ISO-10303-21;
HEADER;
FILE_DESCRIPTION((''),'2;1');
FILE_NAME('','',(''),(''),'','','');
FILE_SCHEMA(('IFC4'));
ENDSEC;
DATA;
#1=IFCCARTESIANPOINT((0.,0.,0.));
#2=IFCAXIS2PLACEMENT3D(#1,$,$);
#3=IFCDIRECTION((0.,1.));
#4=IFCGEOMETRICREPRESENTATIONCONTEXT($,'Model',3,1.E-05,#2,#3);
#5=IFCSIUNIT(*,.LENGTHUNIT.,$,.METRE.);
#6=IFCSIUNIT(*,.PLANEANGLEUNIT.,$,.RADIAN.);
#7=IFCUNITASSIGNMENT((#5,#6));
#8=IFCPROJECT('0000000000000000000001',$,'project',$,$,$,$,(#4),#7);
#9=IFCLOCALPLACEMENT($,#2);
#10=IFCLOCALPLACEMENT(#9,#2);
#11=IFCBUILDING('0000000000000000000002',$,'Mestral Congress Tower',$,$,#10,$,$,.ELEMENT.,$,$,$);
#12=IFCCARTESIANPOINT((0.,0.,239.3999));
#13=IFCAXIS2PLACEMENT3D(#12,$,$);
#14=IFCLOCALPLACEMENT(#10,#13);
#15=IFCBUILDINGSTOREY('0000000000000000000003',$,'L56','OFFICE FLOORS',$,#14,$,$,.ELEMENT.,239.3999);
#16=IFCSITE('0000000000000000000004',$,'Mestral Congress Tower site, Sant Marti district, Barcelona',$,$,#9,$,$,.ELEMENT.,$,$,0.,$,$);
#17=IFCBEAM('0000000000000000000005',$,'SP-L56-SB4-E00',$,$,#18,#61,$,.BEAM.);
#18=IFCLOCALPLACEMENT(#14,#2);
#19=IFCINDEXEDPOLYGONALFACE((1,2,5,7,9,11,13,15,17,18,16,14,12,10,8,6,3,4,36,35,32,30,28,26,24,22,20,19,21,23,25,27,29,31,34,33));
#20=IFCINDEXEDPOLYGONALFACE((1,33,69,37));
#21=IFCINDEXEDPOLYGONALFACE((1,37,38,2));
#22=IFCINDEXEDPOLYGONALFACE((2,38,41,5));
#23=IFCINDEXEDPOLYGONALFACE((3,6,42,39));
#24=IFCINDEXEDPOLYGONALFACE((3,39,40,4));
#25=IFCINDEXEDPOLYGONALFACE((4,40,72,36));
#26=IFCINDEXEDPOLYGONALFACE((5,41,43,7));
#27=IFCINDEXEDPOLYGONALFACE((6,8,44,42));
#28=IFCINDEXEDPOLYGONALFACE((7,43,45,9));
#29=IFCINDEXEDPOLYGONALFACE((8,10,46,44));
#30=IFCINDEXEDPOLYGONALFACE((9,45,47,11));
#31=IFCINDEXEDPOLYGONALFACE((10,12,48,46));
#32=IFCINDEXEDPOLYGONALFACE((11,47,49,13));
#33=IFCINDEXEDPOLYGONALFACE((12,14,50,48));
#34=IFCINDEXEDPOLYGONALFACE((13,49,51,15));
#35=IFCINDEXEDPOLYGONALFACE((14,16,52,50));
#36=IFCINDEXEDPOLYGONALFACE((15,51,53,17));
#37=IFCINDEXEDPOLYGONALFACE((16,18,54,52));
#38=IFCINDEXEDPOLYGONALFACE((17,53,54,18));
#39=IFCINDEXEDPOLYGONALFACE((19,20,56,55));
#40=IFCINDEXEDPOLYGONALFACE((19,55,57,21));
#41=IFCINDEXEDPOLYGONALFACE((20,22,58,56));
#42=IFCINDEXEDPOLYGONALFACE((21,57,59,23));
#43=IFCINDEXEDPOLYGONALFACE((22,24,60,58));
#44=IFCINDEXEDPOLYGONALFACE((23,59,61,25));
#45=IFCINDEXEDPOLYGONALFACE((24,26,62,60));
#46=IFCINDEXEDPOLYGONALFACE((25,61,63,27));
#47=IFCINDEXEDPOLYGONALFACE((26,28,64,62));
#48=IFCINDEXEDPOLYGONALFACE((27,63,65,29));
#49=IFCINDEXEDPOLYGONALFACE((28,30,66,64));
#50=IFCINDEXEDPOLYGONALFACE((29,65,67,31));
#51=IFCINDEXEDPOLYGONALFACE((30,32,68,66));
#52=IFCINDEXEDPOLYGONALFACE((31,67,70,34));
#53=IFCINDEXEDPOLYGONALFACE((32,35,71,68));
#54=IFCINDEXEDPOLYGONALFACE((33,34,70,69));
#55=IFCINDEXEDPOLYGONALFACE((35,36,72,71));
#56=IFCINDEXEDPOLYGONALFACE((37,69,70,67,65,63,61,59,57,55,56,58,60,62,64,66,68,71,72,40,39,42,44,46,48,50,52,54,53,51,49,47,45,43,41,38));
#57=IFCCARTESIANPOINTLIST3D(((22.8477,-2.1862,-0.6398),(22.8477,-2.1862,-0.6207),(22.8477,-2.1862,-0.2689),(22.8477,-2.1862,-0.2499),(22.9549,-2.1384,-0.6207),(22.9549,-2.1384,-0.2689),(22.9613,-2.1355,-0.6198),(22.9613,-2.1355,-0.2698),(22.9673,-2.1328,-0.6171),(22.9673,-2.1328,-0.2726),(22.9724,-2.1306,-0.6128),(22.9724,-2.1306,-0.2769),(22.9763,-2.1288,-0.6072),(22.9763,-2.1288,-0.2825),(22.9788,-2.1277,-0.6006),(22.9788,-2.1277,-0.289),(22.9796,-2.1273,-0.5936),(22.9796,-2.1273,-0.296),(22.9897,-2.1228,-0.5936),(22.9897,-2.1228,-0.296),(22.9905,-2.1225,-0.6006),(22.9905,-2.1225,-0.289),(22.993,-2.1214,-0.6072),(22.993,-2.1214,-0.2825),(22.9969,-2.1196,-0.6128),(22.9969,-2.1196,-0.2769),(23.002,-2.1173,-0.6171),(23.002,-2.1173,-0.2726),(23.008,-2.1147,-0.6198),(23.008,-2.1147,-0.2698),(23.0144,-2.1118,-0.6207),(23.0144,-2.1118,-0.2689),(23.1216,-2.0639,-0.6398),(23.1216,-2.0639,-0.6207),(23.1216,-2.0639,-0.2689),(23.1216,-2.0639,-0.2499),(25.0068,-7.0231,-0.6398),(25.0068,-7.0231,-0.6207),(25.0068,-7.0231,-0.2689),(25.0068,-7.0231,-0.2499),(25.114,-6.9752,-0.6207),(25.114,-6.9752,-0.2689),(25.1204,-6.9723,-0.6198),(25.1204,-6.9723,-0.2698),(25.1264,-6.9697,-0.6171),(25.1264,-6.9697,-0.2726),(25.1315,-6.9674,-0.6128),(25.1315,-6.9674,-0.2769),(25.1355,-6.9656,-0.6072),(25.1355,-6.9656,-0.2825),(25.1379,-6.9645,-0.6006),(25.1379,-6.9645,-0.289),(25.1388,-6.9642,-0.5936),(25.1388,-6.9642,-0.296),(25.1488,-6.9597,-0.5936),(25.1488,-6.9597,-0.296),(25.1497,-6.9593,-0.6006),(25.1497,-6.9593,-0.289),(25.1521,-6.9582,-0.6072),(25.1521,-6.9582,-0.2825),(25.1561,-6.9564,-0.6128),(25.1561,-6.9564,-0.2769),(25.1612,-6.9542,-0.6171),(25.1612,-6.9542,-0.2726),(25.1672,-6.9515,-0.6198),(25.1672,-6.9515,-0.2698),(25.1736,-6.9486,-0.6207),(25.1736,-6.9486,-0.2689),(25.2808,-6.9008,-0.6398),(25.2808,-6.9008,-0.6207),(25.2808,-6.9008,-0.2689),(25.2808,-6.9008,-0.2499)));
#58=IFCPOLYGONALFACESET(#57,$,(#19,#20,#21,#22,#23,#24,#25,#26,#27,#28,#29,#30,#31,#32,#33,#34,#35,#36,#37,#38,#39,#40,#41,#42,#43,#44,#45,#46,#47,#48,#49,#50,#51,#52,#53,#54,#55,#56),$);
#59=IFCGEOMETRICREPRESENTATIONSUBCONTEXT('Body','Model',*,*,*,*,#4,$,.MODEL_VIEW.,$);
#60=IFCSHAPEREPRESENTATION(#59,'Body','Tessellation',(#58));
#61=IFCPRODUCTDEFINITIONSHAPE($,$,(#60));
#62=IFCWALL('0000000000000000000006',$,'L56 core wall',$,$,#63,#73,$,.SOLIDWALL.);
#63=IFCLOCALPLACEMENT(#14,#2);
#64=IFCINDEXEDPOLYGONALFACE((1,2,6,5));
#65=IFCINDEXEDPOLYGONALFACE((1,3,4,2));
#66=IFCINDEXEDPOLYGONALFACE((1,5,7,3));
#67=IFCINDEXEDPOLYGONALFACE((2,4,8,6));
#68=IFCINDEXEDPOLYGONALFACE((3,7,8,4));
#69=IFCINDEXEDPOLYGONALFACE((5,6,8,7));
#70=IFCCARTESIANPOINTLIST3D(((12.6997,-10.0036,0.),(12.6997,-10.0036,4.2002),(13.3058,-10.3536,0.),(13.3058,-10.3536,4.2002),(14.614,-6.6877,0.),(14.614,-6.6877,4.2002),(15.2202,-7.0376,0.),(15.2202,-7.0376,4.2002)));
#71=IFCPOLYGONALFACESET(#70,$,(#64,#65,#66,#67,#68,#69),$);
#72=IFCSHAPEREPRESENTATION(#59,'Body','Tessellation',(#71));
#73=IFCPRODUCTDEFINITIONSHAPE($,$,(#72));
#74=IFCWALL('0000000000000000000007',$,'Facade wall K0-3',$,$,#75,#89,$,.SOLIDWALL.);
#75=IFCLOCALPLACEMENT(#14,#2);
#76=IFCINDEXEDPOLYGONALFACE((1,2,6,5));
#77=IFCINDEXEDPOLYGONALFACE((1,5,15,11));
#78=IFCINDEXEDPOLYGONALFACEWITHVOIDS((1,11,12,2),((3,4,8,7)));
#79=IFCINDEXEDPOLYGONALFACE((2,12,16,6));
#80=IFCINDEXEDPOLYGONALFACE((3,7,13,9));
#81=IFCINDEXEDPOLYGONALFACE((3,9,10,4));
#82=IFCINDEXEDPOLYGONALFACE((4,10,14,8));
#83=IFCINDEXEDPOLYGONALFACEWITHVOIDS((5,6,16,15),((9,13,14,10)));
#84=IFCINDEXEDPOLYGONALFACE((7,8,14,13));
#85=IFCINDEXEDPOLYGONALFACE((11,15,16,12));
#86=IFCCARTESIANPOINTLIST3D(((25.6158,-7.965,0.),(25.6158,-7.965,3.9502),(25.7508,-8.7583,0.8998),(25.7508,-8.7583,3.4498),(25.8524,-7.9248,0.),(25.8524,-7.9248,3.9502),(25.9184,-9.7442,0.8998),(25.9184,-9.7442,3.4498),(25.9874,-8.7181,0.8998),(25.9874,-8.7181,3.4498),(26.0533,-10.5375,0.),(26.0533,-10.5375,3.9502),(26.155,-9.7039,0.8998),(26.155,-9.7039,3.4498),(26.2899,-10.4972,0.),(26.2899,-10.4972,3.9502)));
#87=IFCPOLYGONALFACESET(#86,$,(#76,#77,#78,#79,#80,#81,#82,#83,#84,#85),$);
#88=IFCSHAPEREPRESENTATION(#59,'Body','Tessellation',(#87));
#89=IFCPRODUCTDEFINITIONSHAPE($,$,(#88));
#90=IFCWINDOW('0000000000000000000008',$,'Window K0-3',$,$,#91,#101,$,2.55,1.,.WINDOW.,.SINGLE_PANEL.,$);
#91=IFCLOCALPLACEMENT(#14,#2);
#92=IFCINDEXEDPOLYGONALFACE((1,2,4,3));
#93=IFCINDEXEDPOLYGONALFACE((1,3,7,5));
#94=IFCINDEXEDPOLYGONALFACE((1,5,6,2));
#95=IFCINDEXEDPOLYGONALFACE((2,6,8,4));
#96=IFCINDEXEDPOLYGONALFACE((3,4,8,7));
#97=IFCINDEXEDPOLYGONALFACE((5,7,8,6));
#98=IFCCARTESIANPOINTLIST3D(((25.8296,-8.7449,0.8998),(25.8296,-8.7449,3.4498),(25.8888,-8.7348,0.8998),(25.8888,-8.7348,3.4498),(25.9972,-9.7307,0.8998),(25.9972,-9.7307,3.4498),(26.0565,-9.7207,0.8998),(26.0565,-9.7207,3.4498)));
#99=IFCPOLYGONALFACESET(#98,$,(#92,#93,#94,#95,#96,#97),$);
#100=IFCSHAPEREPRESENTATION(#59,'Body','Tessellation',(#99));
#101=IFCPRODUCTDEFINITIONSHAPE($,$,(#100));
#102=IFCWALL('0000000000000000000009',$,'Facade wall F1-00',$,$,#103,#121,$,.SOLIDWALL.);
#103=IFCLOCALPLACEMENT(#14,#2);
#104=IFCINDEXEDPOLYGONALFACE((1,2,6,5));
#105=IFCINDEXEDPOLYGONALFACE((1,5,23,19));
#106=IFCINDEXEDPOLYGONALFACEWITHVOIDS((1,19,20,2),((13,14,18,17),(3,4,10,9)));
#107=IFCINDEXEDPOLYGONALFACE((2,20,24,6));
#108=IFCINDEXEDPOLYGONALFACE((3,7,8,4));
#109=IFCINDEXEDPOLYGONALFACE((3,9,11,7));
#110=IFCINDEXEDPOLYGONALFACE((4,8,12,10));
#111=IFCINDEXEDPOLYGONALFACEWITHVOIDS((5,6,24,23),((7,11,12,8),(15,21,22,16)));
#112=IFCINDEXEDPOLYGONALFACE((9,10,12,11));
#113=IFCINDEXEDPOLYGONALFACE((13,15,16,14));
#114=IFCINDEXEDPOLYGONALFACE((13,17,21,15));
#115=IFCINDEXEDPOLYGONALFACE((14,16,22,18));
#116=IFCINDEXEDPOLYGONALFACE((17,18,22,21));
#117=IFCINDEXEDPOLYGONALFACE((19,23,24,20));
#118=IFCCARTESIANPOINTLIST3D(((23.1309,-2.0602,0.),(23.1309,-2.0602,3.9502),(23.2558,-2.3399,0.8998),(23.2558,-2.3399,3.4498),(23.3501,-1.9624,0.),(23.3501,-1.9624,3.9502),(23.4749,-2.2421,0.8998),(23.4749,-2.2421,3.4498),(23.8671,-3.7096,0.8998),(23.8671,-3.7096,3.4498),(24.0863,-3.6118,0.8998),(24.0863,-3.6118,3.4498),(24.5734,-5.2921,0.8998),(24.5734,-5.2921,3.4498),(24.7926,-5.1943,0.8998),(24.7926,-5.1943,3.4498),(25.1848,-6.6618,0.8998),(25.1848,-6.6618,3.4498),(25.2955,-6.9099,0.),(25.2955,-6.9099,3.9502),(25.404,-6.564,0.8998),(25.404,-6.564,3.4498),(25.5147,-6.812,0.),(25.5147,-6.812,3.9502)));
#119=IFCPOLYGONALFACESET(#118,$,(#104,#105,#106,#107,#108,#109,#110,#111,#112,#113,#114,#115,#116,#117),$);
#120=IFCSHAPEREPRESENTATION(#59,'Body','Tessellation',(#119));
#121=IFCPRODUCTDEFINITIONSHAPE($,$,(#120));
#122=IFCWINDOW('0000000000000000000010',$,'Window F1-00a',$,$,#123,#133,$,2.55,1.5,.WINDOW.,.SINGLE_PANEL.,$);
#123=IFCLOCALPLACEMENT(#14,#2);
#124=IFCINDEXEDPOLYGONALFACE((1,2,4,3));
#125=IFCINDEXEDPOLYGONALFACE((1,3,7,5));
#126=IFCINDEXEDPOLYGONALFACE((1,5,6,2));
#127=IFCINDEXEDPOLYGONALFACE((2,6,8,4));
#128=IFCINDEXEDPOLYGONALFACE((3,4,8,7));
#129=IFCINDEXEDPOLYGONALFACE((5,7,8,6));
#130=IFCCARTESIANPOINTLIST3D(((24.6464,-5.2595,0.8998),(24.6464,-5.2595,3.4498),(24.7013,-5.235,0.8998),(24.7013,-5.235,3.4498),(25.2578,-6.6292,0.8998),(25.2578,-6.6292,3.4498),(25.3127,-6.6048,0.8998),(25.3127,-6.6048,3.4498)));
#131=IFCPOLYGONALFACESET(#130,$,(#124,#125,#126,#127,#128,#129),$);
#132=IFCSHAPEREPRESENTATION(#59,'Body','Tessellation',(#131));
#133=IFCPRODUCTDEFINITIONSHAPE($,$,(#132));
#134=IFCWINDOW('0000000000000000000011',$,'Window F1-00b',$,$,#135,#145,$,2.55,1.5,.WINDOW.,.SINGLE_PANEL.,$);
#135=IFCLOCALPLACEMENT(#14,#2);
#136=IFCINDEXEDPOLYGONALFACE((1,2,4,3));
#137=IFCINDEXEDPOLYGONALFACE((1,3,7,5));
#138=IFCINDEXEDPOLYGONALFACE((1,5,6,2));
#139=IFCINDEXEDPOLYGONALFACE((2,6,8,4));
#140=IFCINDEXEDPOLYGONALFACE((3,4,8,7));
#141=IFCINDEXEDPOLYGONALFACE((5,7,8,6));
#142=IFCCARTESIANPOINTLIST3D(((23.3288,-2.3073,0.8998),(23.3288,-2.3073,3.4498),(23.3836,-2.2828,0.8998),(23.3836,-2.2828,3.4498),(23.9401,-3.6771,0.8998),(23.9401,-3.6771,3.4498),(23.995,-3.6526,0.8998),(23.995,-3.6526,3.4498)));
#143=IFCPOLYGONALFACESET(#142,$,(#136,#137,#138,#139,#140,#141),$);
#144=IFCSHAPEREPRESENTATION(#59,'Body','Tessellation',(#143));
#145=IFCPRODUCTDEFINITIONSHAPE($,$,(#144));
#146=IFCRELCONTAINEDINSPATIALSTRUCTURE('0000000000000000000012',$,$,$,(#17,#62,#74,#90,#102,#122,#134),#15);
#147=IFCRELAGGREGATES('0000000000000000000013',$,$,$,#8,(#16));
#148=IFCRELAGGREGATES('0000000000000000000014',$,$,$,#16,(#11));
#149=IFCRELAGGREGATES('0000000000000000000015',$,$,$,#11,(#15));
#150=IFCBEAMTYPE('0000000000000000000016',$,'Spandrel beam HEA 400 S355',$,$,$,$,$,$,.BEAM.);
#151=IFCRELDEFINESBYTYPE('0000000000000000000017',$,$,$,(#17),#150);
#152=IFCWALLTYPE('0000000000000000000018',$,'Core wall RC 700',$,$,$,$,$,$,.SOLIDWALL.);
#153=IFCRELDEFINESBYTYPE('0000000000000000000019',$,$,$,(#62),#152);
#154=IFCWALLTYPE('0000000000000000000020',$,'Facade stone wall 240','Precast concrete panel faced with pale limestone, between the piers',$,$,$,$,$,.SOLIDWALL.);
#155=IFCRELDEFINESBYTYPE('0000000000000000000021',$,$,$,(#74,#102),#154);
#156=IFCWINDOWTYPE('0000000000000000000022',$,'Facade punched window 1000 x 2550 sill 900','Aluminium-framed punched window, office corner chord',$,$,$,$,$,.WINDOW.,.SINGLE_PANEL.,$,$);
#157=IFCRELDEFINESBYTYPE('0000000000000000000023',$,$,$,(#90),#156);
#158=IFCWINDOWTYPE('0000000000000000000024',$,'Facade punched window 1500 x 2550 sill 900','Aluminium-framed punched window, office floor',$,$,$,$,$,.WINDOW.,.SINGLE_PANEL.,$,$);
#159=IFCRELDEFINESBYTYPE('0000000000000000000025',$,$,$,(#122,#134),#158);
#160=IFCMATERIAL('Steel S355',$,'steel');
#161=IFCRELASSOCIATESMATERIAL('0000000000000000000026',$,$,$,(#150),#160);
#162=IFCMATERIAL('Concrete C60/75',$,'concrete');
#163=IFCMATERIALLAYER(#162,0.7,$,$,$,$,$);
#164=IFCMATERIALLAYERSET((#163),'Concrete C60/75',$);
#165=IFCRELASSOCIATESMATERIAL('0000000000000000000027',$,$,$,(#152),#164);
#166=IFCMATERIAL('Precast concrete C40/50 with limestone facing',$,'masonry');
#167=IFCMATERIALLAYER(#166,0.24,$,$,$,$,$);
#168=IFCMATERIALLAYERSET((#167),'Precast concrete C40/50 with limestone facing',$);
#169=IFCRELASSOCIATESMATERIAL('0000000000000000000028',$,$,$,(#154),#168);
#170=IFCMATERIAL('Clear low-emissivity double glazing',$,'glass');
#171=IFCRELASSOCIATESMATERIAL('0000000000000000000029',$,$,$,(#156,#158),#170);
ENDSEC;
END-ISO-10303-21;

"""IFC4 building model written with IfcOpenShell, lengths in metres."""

from ifc_helpers import new_model, si_unit, direction, frame, frame_2d, origin, origin_2d, place, context, subcontext, project, spatial, rectangle, i_section, extrude, material, layer, layer_set, material_profile, profile_set, type_object, element, fill, save


model = new_model("IFC4")

# Units and contexts
model_context = context("Model", 3, precision=1e-05, world=origin(), true_north=direction((0.0, 1.0)))
body_context = subcontext(model_context, "Body", "Model", "MODEL_VIEW")
ifc_project = project(units=[si_unit("LENGTHUNIT", "METRE"), si_unit("PLANEANGLEUNIT", "RADIAN")], contexts=[model_context])

# Site, building, storey
site_placement = place(None, origin())
site = spatial("IfcSite", under=ifc_project, at=site_placement, Name="Mestral Congress Tower site, Sant Marti district, Barcelona", CompositionType="ELEMENT", RefElevation=0.0)
building_placement = place(site_placement, origin())
building = spatial("IfcBuilding", under=site, at=building_placement, Name="Mestral Congress Tower", CompositionType="ELEMENT")
storey_placement = place(building_placement, frame((0.0, 0.0, 239.3999)))
storey = spatial("IfcBuildingStorey", under=building, at=storey_placement, Name="L56", Description="OFFICE FLOORS", CompositionType="ELEMENT", Elevation=239.3999)

# Shared definitions
ifc_material_1 = material(Name="Concrete C60/75", Category="concrete")

# Beam
ifc_material_2 = material(Name="Steel S355", Category="steel")
ifc_material_profile_1 = material_profile(ifc_material_2, i_section(OverallWidth=0.3, OverallDepth=0.3899, WebThickness=0.011, FlangeThickness=0.019, FilletRadius=0.0271, at=origin_2d()), Name="HEA 400")
ifc_profile_set_1 = profile_set([ifc_material_profile_1], Name="Steel S355")
beam_type_1 = type_object("IfcBeamType", Name="Spandrel beam HEA 400 S355", PredefinedType="BEAM", material=ifc_profile_set_1)
beam_1_placement = place(storey_placement, frame((25.1438, -6.9619, -0.4448), z_axis=(-0.407626, 0.913149, 0.0), x_axis=(-0.913149, -0.407626, 0.0)))
element("IfcBeam", 1, at=beam_1_placement, inside=storey, type_object=beam_type_1, Name="SP-L56-SB4-E00", PredefinedType="BEAM", context=body_context, shape_type="SweptSolid", body=[
    extrude(i_section(OverallWidth=0.3, OverallDepth=0.3899, WebThickness=0.011, FlangeThickness=0.019, FilletRadius=0.0271, at=origin_2d()), origin(), (0.0, 0.0, 1.0), 5.2969),
])

# Wall
ifc_layer_1 = layer(ifc_material_1, 0.7)
ifc_layer_set_1 = layer_set([ifc_layer_1], Name="Concrete C60/75")
wall_type_1 = type_object("IfcWallType", Name="Core wall RC 700", PredefinedType="SOLIDWALL", material=ifc_layer_set_1)
wall_1_placement = place(storey_placement, frame((13.0027, -10.1787, 0.0), z_axis=(0.0, 0.0, 1.0), x_axis=(0.499973, 0.866041, 0.0)))
element("IfcWall", 2, at=wall_1_placement, inside=storey, type_object=wall_type_1, Name="L56 core wall", PredefinedType="SOLIDWALL", context=body_context, shape_type="SweptSolid", body=[
    extrude(rectangle(XDim=3.8289, YDim=0.7, at=frame_2d((1.9146, 0.0))), origin(), (0.0, 0.0, 1.0), 4.2002),
])

# Wall, opening, window
ifc_material_3 = material(Name="Precast concrete C40/50 with limestone facing", Category="masonry")
ifc_layer_2 = layer(ifc_material_3, 0.24)
ifc_layer_set_2 = layer_set([ifc_layer_2], Name="Precast concrete C40/50 with limestone facing")
wall_type_2 = type_object("IfcWallType", Name="Facade stone wall 240", Description="Precast concrete panel faced with pale limestone, between the piers", PredefinedType="SOLIDWALL", material=ifc_layer_set_2)
wall_2_placement = place(storey_placement, frame((26.1716, -10.5173, 0.0), z_axis=(0.0, 0.0, 1.0), x_axis=(-0.16766, 0.985845, 0.0)))
wall_2 = element("IfcWall", 3, at=wall_2_placement, inside=storey, type_object=wall_type_2, Name="Facade wall K0-3", PredefinedType="SOLIDWALL", context=body_context, shape_type="SweptSolid", body=[
    extrude(rectangle(XDim=2.6094, YDim=0.24, at=frame_2d((1.3047, 0.0))), origin(), (0.0, 0.0, 1.0), 3.9502),
])
opening_1_placement = place(wall_2_placement, frame((0.8047, 0.0, 0.8999)))
opening_1 = element("IfcOpeningElement", 4, at=opening_1_placement, cuts=wall_2, PredefinedType="OPENING", context=body_context, shape_type="SweptSolid", body=[
    extrude(rectangle(XDim=1.0, YDim=2.55, at=frame_2d((0.5, 1.2749))), frame((0.0, 0.1299, 0.0), z_axis=(0.0, -1.0, 0.0), x_axis=(1.0, 0.0, 0.0)), (0.0, 0.0, 1.0), 0.26),
])
ifc_material_4 = material(Name="Clear low-emissivity double glazing", Category="glass")
window_type_1 = type_object("IfcWindowType", Name="Facade punched window 1000 x 2550 sill 900", Description="Aluminium-framed punched window, office corner chord", PartitioningType="SINGLE_PANEL", PredefinedType="WINDOW", material=ifc_material_4)
window_1_placement = place(opening_1_placement, origin())
window_1 = element("IfcWindow", 5, at=window_1_placement, inside=storey, type_object=window_type_1, Name="Window K0-3", OverallHeight=2.55, OverallWidth=1.0, PartitioningType="SINGLE_PANEL", PredefinedType="WINDOW", context=body_context, shape_type="SweptSolid", body=[
    extrude(rectangle(XDim=1.0, YDim=2.55, at=frame_2d((0.5, 1.2749))), frame((0.0, 0.04, 0.0), z_axis=(0.0, -1.0, 0.0), x_axis=(1.0, 0.0, 0.0)), (0.0, 0.0, 1.0), 0.0601),
])
fill(opening_1, window_1)

# Wall, openings, windows
wall_3_placement = place(storey_placement, frame((25.405, -6.8608, 0.0), z_axis=(0.0, 0.0, 1.0), x_axis=(-0.40758, 0.91317, 0.0)))
wall_3 = element("IfcWall", 6, at=wall_3_placement, inside=storey, type_object=wall_type_2, Name="Facade wall F1-00", PredefinedType="SOLIDWALL", context=body_context, shape_type="SweptSolid", body=[
    extrude(rectangle(XDim=5.3108, YDim=0.24, at=frame_2d((2.6553, 0.0))), origin(), (0.0, 0.0, 1.0), 3.9502),
])
opening_2_placement = place(wall_3_placement, frame((0.2715, 0.0, 0.8999)))
opening_2 = element("IfcOpeningElement", 7, at=opening_2_placement, cuts=wall_3, PredefinedType="OPENING", context=body_context, shape_type="SweptSolid", body=[
    extrude(rectangle(XDim=1.5, YDim=2.55, at=frame_2d((0.75, 1.2749))), frame((0.0, 0.1299, 0.0), z_axis=(0.0, -1.0, 0.0), x_axis=(1.0, 0.0, 0.0)), (0.0, 0.0, 1.0), 0.26),
])
opening_3_placement = place(wall_3_placement, frame((3.5044, 0.0, 0.8999)))
opening_3 = element("IfcOpeningElement", 8, at=opening_3_placement, cuts=wall_3, PredefinedType="OPENING", context=body_context, shape_type="SweptSolid", body=[
    extrude(rectangle(XDim=1.5, YDim=2.55, at=frame_2d((0.75, 1.2749))), frame((0.0, 0.1299, 0.0), z_axis=(0.0, -1.0, 0.0), x_axis=(1.0, 0.0, 0.0)), (0.0, 0.0, 1.0), 0.26),
])
window_type_2 = type_object("IfcWindowType", Name="Facade punched window 1500 x 2550 sill 900", Description="Aluminium-framed punched window, office floor", PartitioningType="SINGLE_PANEL", PredefinedType="WINDOW", material=ifc_material_4)
window_2_placement = place(opening_2_placement, origin())
window_2 = element("IfcWindow", 9, at=window_2_placement, inside=storey, type_object=window_type_2, Name="Window F1-00a", OverallHeight=2.55, OverallWidth=1.5, PartitioningType="SINGLE_PANEL", PredefinedType="WINDOW", context=body_context, shape_type="SweptSolid", body=[
    extrude(rectangle(XDim=1.5, YDim=2.55, at=frame_2d((0.75, 1.2749))), frame((0.0, 0.04, 0.0), z_axis=(0.0, -1.0, 0.0), x_axis=(1.0, 0.0, 0.0)), (0.0, 0.0, 1.0), 0.0601),
])
fill(opening_2, window_2)
window_3_placement = place(opening_3_placement, origin())
window_3 = element("IfcWindow", 10, at=window_3_placement, inside=storey, type_object=window_type_2, Name="Window F1-00b", OverallHeight=2.55, OverallWidth=1.5, PartitioningType="SINGLE_PANEL", PredefinedType="WINDOW", context=body_context, shape_type="SweptSolid", body=[
    extrude(rectangle(XDim=1.5, YDim=2.55, at=frame_2d((0.75, 1.2749))), frame((0.0, 0.04, 0.0), z_axis=(0.0, -1.0, 0.0), x_axis=(1.0, 0.0, 0.0)), (0.0, 0.0, 1.0), 0.0601),
])
fill(opening_3, window_3)

save(model, "model.ifc")
